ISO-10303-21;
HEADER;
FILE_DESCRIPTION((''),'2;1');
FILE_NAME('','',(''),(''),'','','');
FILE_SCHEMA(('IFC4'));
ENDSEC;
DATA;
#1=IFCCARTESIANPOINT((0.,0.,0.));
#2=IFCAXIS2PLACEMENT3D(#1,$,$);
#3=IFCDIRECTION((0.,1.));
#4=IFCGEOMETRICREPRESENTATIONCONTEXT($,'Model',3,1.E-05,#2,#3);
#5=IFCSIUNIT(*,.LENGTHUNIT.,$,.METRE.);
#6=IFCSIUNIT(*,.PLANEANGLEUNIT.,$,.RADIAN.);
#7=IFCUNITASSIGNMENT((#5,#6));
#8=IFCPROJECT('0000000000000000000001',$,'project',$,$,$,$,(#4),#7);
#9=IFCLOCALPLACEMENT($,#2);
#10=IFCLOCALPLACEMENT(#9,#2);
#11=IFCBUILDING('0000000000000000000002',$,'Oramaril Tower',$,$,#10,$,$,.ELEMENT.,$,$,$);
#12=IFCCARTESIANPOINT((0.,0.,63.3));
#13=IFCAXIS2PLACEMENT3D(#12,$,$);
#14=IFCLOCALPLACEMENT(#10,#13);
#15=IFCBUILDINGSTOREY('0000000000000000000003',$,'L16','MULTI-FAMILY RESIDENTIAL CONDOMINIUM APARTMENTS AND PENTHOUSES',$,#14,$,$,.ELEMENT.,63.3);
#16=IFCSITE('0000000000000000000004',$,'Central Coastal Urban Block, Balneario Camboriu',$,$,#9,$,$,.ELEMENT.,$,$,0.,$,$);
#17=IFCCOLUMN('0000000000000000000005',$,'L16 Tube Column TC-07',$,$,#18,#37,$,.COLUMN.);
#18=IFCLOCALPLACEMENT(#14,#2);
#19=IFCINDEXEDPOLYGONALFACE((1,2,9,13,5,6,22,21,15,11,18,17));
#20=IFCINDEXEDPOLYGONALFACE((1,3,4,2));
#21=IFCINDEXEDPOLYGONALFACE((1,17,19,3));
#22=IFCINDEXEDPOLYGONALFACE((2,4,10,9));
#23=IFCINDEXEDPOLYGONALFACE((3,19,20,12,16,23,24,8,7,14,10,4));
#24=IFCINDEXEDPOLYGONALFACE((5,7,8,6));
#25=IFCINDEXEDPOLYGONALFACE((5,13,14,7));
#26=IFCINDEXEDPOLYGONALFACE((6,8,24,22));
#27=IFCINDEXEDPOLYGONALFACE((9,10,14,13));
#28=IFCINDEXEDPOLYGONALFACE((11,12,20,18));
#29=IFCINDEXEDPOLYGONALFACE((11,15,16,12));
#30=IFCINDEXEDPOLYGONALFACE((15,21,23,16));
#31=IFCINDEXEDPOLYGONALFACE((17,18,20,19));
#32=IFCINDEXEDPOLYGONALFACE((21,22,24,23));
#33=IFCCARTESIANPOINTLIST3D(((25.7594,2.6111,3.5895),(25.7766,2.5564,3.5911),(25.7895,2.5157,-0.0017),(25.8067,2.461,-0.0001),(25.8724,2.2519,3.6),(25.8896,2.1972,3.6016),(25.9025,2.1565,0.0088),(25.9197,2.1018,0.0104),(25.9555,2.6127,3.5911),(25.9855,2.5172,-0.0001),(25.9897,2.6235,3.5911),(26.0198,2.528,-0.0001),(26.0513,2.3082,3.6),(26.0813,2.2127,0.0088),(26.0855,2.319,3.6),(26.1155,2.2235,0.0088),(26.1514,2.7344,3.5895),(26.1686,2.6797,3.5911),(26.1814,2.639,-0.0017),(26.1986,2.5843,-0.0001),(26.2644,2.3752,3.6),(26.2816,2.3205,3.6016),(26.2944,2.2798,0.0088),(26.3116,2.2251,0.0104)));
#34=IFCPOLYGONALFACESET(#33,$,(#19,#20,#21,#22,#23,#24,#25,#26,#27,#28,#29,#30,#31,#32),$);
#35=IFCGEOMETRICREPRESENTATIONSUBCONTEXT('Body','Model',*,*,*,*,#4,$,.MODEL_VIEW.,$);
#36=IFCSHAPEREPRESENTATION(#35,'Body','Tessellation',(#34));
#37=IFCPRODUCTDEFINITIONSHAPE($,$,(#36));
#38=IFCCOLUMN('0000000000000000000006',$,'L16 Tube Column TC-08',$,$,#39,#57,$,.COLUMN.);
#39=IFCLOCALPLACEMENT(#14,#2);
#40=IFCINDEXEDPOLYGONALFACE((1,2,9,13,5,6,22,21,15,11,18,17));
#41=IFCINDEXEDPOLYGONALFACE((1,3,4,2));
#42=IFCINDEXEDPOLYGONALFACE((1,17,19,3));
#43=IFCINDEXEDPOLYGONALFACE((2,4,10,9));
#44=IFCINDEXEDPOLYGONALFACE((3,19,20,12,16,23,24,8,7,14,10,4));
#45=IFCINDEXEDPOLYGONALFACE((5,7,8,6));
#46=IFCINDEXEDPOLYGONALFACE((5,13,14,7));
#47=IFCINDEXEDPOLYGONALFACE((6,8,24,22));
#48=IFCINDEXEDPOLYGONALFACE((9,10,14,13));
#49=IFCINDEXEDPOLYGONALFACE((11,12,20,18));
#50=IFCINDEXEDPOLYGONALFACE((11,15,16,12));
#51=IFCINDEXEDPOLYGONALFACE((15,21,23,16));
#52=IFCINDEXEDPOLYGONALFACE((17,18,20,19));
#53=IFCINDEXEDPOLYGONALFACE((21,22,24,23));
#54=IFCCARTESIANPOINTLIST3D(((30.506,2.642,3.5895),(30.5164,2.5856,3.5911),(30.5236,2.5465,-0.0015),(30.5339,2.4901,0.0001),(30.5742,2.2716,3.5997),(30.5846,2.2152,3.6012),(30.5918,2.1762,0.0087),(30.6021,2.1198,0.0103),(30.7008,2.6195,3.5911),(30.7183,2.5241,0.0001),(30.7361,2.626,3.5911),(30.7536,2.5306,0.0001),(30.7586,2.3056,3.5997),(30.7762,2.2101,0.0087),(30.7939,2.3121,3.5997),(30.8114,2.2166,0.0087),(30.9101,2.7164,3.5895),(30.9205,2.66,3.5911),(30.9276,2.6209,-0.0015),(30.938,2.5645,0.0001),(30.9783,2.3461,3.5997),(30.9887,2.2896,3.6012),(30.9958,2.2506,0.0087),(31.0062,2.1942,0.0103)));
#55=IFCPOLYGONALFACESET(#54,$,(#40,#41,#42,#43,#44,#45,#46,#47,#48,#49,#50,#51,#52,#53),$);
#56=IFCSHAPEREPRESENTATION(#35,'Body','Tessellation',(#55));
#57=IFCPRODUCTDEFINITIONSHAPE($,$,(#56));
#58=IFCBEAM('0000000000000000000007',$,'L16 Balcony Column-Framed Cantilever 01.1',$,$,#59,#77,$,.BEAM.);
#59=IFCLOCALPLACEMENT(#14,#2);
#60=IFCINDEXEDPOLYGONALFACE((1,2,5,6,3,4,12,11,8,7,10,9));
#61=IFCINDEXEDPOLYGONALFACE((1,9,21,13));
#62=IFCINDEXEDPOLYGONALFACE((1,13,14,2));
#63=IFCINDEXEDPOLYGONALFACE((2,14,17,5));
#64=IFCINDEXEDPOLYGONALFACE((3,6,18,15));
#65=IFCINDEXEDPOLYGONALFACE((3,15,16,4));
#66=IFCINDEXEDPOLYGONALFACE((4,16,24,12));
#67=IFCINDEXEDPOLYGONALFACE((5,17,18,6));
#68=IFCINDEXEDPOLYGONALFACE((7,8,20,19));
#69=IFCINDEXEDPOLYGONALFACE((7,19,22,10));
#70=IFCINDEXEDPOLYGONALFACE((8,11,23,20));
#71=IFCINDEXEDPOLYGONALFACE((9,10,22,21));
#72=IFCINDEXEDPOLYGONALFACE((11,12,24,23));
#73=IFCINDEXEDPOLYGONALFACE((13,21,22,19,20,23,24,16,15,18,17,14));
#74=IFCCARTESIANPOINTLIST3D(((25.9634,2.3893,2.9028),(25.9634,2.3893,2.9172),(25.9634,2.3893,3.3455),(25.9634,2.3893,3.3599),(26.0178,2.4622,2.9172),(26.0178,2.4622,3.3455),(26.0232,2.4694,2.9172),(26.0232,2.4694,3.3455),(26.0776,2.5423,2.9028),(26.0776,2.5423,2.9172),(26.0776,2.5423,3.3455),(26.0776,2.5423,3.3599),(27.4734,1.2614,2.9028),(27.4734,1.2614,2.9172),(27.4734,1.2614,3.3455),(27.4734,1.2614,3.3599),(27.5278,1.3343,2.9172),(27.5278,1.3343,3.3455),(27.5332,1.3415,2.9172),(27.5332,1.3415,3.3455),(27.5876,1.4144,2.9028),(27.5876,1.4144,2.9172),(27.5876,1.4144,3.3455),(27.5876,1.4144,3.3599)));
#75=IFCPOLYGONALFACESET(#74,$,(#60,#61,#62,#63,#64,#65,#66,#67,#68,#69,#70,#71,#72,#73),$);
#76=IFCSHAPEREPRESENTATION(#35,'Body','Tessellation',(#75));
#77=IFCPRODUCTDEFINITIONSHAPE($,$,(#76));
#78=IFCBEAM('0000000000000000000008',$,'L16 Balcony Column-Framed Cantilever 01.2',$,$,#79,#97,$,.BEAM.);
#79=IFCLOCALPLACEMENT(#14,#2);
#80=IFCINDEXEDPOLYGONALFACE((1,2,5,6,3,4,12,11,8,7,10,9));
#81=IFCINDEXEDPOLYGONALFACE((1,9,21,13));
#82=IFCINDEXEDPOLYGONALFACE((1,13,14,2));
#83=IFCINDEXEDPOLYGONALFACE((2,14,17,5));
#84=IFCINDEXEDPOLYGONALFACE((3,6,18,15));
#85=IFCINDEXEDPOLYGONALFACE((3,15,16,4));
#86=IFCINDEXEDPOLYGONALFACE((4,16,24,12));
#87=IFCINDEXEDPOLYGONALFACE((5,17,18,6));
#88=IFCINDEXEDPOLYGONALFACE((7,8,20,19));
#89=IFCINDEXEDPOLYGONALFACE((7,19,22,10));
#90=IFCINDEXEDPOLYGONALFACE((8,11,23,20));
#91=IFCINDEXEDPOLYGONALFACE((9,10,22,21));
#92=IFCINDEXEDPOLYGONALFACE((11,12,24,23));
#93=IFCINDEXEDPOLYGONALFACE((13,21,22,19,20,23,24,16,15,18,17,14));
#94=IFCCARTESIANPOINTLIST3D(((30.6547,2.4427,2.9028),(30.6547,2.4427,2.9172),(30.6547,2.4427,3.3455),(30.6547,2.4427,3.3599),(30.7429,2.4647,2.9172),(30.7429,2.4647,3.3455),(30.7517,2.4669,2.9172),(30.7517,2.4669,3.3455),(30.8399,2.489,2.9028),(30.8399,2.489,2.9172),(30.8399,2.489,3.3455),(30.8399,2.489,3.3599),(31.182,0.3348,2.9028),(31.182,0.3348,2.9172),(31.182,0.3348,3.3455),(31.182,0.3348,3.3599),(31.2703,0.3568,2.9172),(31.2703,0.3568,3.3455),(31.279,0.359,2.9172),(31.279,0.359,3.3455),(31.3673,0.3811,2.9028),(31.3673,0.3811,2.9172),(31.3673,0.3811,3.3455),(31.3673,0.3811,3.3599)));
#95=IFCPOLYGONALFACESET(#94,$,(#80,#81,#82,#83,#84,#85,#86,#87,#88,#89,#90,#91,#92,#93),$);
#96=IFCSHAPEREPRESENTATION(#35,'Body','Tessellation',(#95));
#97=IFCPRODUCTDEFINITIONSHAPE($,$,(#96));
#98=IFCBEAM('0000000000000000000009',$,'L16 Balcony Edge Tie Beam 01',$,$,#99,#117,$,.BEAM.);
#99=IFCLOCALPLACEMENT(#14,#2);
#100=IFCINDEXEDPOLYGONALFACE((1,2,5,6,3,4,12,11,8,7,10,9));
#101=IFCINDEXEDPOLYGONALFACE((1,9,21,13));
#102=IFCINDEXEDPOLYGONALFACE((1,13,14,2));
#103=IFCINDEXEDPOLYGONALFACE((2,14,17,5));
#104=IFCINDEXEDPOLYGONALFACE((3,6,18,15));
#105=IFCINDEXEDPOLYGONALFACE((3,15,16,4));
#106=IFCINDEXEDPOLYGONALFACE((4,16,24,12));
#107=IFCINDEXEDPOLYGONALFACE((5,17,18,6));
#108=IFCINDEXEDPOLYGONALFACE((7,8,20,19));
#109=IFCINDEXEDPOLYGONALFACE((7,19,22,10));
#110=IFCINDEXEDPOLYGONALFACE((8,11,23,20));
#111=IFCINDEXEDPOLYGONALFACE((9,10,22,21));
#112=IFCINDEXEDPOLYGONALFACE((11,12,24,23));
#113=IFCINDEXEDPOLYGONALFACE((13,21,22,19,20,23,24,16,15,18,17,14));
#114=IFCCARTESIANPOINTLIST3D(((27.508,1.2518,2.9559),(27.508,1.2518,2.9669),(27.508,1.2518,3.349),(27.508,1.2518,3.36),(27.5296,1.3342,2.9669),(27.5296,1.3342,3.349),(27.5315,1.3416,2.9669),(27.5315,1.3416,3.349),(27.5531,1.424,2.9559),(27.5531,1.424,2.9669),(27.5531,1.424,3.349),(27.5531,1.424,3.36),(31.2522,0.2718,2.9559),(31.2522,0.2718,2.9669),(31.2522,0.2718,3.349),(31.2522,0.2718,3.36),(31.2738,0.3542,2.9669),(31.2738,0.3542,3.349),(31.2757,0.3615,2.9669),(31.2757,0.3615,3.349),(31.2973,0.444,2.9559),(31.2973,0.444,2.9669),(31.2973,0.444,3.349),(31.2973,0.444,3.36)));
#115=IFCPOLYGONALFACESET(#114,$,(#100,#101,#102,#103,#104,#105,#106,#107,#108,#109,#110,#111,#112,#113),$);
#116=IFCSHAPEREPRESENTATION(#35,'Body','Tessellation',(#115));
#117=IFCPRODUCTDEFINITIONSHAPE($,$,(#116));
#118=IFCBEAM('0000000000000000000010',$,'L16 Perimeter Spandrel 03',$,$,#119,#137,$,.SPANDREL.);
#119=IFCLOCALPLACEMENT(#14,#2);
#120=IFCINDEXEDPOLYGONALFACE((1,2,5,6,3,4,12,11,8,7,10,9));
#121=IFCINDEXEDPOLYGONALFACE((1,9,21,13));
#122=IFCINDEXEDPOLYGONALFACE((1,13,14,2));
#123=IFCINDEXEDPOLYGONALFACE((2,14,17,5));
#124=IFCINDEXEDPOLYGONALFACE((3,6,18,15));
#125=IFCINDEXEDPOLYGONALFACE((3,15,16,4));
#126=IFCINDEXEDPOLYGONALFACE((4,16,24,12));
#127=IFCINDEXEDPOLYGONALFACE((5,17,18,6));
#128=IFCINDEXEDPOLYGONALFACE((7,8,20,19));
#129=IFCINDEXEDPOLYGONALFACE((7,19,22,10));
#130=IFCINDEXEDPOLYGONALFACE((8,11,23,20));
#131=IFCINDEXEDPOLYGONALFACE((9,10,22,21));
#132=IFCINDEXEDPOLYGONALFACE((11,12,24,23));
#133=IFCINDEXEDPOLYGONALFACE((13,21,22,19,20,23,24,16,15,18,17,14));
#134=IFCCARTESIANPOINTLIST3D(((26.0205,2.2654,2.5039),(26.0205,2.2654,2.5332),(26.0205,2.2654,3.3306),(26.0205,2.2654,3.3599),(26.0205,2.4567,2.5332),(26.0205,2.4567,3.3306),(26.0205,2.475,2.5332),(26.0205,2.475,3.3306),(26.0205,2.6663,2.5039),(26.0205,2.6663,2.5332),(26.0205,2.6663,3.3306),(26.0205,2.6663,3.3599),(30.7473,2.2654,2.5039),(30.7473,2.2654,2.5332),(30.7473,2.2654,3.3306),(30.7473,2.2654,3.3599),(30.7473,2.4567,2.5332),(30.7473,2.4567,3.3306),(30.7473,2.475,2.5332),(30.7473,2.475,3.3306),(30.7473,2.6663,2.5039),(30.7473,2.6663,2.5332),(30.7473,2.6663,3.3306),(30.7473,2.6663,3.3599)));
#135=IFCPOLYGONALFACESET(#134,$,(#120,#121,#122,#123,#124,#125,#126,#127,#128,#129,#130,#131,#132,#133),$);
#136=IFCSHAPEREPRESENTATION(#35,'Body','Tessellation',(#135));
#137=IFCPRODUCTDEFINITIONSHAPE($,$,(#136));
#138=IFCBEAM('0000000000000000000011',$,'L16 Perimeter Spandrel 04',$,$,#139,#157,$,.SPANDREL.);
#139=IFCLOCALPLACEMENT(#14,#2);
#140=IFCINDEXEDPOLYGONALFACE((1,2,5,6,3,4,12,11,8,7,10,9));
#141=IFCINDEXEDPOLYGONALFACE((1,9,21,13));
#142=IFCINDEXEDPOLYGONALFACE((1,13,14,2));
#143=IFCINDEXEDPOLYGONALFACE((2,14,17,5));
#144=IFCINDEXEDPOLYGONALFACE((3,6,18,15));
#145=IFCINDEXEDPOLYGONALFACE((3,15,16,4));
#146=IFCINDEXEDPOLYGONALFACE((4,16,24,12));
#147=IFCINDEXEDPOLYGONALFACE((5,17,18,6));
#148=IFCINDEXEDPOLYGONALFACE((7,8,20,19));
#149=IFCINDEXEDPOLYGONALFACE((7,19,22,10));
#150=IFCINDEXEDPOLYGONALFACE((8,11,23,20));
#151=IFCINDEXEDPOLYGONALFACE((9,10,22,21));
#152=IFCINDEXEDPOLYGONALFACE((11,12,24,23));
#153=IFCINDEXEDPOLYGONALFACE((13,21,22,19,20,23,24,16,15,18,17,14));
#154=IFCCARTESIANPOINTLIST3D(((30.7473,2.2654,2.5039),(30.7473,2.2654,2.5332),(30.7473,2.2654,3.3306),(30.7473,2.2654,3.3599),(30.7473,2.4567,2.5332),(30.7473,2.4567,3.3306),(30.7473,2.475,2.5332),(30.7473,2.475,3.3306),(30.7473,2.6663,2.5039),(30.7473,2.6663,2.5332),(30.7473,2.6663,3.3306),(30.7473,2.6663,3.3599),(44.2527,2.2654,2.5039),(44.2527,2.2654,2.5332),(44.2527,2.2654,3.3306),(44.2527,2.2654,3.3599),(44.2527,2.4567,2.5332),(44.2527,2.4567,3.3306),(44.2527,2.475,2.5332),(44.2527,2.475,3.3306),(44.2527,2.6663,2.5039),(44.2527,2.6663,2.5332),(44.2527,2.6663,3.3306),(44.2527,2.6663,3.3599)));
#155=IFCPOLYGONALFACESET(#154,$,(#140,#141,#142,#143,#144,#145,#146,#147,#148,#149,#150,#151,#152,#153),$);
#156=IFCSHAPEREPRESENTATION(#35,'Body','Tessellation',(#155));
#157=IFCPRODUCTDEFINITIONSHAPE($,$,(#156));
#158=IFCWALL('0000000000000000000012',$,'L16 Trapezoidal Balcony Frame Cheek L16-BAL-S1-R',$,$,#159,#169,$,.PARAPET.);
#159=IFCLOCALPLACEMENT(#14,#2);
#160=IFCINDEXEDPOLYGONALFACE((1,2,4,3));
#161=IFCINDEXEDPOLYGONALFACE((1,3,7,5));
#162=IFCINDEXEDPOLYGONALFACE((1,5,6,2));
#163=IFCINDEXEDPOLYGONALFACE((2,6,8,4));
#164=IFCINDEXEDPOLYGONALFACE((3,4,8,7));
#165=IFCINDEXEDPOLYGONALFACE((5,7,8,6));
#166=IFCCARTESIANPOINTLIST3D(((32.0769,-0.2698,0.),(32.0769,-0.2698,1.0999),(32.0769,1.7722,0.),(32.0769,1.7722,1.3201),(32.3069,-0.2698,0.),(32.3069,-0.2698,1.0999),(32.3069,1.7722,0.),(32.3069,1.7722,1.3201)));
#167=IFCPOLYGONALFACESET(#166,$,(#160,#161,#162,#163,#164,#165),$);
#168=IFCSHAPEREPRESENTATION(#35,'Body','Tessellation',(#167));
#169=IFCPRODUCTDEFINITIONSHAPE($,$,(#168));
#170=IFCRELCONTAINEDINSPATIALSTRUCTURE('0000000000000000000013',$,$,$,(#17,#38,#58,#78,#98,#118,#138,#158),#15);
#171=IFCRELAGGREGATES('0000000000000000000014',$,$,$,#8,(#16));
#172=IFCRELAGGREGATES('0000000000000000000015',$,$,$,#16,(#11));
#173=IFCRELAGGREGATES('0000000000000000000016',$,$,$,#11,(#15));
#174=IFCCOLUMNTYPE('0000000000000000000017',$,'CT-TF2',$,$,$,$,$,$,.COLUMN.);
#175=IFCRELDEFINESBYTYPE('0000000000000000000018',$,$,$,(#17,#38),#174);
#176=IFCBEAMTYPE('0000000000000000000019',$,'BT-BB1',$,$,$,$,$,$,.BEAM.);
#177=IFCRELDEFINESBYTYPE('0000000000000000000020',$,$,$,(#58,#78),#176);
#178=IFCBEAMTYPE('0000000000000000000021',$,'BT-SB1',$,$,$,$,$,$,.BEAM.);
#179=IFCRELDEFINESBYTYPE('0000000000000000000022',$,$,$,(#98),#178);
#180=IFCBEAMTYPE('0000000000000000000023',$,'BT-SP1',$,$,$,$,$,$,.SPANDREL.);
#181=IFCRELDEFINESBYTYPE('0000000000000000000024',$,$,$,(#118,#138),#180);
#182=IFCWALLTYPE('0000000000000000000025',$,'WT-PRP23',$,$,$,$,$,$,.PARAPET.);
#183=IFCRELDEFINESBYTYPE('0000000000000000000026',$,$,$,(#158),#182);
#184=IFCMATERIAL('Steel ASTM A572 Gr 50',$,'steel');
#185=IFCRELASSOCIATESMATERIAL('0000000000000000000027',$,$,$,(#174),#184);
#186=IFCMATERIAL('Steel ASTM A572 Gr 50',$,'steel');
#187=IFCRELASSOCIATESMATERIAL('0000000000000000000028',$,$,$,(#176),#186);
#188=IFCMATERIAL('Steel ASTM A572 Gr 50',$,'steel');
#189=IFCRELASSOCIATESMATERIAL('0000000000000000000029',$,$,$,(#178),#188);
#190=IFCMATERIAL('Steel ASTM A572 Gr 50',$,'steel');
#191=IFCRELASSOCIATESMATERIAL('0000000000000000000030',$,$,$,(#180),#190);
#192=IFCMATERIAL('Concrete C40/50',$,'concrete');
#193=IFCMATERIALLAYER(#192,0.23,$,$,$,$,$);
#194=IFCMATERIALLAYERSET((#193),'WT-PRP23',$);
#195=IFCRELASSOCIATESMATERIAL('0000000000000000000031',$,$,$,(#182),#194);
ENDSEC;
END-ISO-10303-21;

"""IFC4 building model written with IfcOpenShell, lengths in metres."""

from ifc_helpers import new_model, si_unit, direction, frame, origin, origin_2d, place, context, subcontext, project, spatial, polyline, i_section, outline, extrude, material, layer, layer_set, material_profile, profile_set, type_object, element, save


model = new_model("IFC4")

# Units and contexts
model_context = context("Model", 3, precision=1e-05, world=origin(), true_north=direction((0.0, 1.0)))
body_context = subcontext(model_context, "Body", "Model", "MODEL_VIEW")
ifc_project = project(units=[si_unit("LENGTHUNIT", "METRE"), si_unit("PLANEANGLEUNIT", "RADIAN")], contexts=[model_context])

# Site, building, storey
site_placement = place(None, origin())
site = spatial("IfcSite", under=ifc_project, at=site_placement, Name="Central Coastal Urban Block, Balneario Camboriu", CompositionType="ELEMENT", RefElevation=0.0)
building_placement = place(site_placement, origin())
building = spatial("IfcBuilding", under=site, at=building_placement, Name="Oramaril Tower", CompositionType="ELEMENT")
storey_placement = place(building_placement, frame((0.0, 0.0, 63.3)))
storey = spatial("IfcBuildingStorey", under=building, at=storey_placement, Name="L16", Description="MULTI-FAMILY RESIDENTIAL CONDOMINIUM APARTMENTS AND PENTHOUSES", CompositionType="ELEMENT", Elevation=63.3)

# Columns
ifc_material_1 = material(Name="Steel ASTM A572 Gr 50", Category="steel")
ifc_material_profile_1 = material_profile(ifc_material_1, i_section(OverallWidth=0.4109, OverallDepth=0.4341, WebThickness=0.0359, FlangeThickness=0.0574, at=origin_2d()), Name="W14X311")
ifc_profile_set_1 = profile_set([ifc_material_profile_1], Name="Steel ASTM A572 Gr 50")
column_type = type_object("IfcColumnType", Name="CT-TF2", PredefinedType="COLUMN", material=ifc_profile_set_1)
column_1_placement = place(storey_placement, frame((26.0505, 2.3704, 0.0044), z_axis=(-0.008359, 0.026572, 0.999612), x_axis=(-0.953914, -0.30008, 0.0)))
element("IfcColumn", 1, at=column_1_placement, inside=storey, type_object=column_type, Name="L16 Tube Column TC-07", PredefinedType="COLUMN", context=body_context, shape_type="SweptSolid", body=[
    extrude(i_section(OverallWidth=0.4109, OverallDepth=0.4341, WebThickness=0.0359, FlangeThickness=0.0574, at=origin_2d()), origin(), (0.0, 0.0, 1.0), 3.5925),
])
column_2_placement = place(storey_placement, frame((30.7649, 2.3704, 0.0044), z_axis=(-0.004893, 0.026573, 0.999635), x_axis=(-0.983465, -0.181098, 0.0)))
element("IfcColumn", 2, at=column_2_placement, inside=storey, type_object=column_type, Name="L16 Tube Column TC-08", PredefinedType="COLUMN", context=body_context, shape_type="SweptSolid", body=[
    extrude(i_section(OverallWidth=0.4109, OverallDepth=0.4341, WebThickness=0.0359, FlangeThickness=0.0574, at=origin_2d()), origin(), (0.0, 0.0, 1.0), 3.5923),
])

# Beams
ifc_material_2 = material(Name="Steel ASTM A572 Gr 50", Category="steel")
ifc_material_profile_2 = material_profile(ifc_material_2, i_section(OverallWidth=0.1909, OverallDepth=0.457, WebThickness=0.009, FlangeThickness=0.0144, at=origin_2d()), Name="W18X50")
ifc_profile_set_2 = profile_set([ifc_material_profile_2], Name="Steel ASTM A572 Gr 50")
beam_type_1 = type_object("IfcBeamType", Name="BT-BB1", PredefinedType="BEAM", material=ifc_profile_set_2)
beam_1_placement = place(storey_placement, frame((26.0205, 2.4658, 3.1313), z_axis=(0.801164, -0.598444, 0.0), x_axis=(0.598444, 0.801164, 0.0)))
element("IfcBeam", 3, at=beam_1_placement, inside=storey, type_object=beam_type_1, Name="L16 Balcony Column-Framed Cantilever 01.1", PredefinedType="BEAM", context=body_context, shape_type="SweptSolid", body=[
    extrude(i_section(OverallWidth=0.1909, OverallDepth=0.457, WebThickness=0.009, FlangeThickness=0.0144, at=origin_2d()), origin(), (0.0, 0.0, 1.0), 1.8848),
])
beam_2_placement = place(storey_placement, frame((30.7473, 2.4658, 3.1313), z_axis=(0.242694, -0.970103, 0.0), x_axis=(0.970103, 0.242694, 0.0)))
element("IfcBeam", 4, at=beam_2_placement, inside=storey, type_object=beam_type_1, Name="L16 Balcony Column-Framed Cantilever 01.2", PredefinedType="BEAM", context=body_context, shape_type="SweptSolid", body=[
    extrude(i_section(OverallWidth=0.1909, OverallDepth=0.457, WebThickness=0.009, FlangeThickness=0.0144, at=origin_2d()), origin(), (0.0, 0.0, 1.0), 2.1729),
])
ifc_material_3 = material(Name="Steel ASTM A572 Gr 50", Category="steel")
ifc_material_profile_3 = material_profile(ifc_material_3, i_section(OverallWidth=0.178, OverallDepth=0.4041, WebThickness=0.0076, FlangeThickness=0.011, at=origin_2d()), Name="W16X36")
ifc_profile_set_3 = profile_set([ifc_material_profile_3], Name="Steel ASTM A572 Gr 50")
beam_type_2 = type_object("IfcBeamType", Name="BT-SB1", PredefinedType="BEAM", material=ifc_profile_set_3)
beam_3_placement = place(storey_placement, frame((27.5305, 1.3379, 3.158), z_axis=(0.967412, -0.253208, 0.0), x_axis=(0.253208, 0.967412, 0.0)))
element("IfcBeam", 5, at=beam_3_placement, inside=storey, type_object=beam_type_2, Name="L16 Balcony Edge Tie Beam 01", PredefinedType="BEAM", context=body_context, shape_type="SweptSolid", body=[
    extrude(i_section(OverallWidth=0.178, OverallDepth=0.4041, WebThickness=0.0076, FlangeThickness=0.011, at=origin_2d()), origin(), (0.0, 0.0, 1.0), 3.8704),
])
ifc_material_4 = material(Name="Steel ASTM A572 Gr 50", Category="steel")
ifc_material_profile_4 = material_profile(ifc_material_4, i_section(OverallWidth=0.4009, OverallDepth=0.856, WebThickness=0.0183, FlangeThickness=0.0293, at=origin_2d()), Name="W33X201")
ifc_profile_set_4 = profile_set([ifc_material_profile_4], Name="Steel ASTM A572 Gr 50")
beam_type_3 = type_object("IfcBeamType", Name="BT-SP1", PredefinedType="SPANDREL", material=ifc_profile_set_4)
beam_4_placement = place(storey_placement, frame((26.0205, 2.4658, 2.9319), z_axis=(1.0, 0.0, 0.0), x_axis=(0.0, 1.0, 0.0)))
element("IfcBeam", 6, at=beam_4_placement, inside=storey, type_object=beam_type_3, Name="L16 Perimeter Spandrel 03", PredefinedType="SPANDREL", context=body_context, shape_type="SweptSolid", body=[
    extrude(i_section(OverallWidth=0.4009, OverallDepth=0.856, WebThickness=0.0183, FlangeThickness=0.0293, at=origin_2d()), origin(), (0.0, 0.0, 1.0), 4.7268),
])
beam_5_placement = place(storey_placement, frame((30.7473, 2.4658, 2.9319), z_axis=(1.0, 0.0, 0.0), x_axis=(0.0, 1.0, 0.0)))
element("IfcBeam", 7, at=beam_5_placement, inside=storey, type_object=beam_type_3, Name="L16 Perimeter Spandrel 04", PredefinedType="SPANDREL", context=body_context, shape_type="SweptSolid", body=[
    extrude(i_section(OverallWidth=0.4009, OverallDepth=0.856, WebThickness=0.0183, FlangeThickness=0.0293, at=origin_2d()), origin(), (0.0, 0.0, 1.0), 13.5054),
])

# Wall
ifc_material_5 = material(Name="Concrete C40/50", Category="concrete")
ifc_layer_1 = layer(ifc_material_5, 0.23)
ifc_layer_set_1 = layer_set([ifc_layer_1], Name="WT-PRP23")
wall_type_1 = type_object("IfcWallType", Name="WT-PRP23", PredefinedType="PARAPET", material=ifc_layer_set_1)
wall_1_placement = place(storey_placement, frame((32.1919, 1.7722, 0.0), z_axis=(0.0, 0.0, 1.0), x_axis=(0.0, -1.0, 0.0)))
element("IfcWall", 8, at=wall_1_placement, inside=storey, type_object=wall_type_1, Name="L16 Trapezoidal Balcony Frame Cheek L16-BAL-S1-R", PredefinedType="PARAPET", context=body_context, shape_type="SweptSolid", body=[
    extrude(outline(polyline([(0.0, 0.0), (2.042, 0.0), (2.042, 1.0999), (0.0, 1.3201), (0.0, 0.0)])), frame((0.0, 0.115, 0.0), z_axis=(0.0, -1.0, 0.0), x_axis=(1.0, 0.0, 0.0)), (0.0, 0.0, 1.0), 0.23),
])

save(model, "model.ifc")
